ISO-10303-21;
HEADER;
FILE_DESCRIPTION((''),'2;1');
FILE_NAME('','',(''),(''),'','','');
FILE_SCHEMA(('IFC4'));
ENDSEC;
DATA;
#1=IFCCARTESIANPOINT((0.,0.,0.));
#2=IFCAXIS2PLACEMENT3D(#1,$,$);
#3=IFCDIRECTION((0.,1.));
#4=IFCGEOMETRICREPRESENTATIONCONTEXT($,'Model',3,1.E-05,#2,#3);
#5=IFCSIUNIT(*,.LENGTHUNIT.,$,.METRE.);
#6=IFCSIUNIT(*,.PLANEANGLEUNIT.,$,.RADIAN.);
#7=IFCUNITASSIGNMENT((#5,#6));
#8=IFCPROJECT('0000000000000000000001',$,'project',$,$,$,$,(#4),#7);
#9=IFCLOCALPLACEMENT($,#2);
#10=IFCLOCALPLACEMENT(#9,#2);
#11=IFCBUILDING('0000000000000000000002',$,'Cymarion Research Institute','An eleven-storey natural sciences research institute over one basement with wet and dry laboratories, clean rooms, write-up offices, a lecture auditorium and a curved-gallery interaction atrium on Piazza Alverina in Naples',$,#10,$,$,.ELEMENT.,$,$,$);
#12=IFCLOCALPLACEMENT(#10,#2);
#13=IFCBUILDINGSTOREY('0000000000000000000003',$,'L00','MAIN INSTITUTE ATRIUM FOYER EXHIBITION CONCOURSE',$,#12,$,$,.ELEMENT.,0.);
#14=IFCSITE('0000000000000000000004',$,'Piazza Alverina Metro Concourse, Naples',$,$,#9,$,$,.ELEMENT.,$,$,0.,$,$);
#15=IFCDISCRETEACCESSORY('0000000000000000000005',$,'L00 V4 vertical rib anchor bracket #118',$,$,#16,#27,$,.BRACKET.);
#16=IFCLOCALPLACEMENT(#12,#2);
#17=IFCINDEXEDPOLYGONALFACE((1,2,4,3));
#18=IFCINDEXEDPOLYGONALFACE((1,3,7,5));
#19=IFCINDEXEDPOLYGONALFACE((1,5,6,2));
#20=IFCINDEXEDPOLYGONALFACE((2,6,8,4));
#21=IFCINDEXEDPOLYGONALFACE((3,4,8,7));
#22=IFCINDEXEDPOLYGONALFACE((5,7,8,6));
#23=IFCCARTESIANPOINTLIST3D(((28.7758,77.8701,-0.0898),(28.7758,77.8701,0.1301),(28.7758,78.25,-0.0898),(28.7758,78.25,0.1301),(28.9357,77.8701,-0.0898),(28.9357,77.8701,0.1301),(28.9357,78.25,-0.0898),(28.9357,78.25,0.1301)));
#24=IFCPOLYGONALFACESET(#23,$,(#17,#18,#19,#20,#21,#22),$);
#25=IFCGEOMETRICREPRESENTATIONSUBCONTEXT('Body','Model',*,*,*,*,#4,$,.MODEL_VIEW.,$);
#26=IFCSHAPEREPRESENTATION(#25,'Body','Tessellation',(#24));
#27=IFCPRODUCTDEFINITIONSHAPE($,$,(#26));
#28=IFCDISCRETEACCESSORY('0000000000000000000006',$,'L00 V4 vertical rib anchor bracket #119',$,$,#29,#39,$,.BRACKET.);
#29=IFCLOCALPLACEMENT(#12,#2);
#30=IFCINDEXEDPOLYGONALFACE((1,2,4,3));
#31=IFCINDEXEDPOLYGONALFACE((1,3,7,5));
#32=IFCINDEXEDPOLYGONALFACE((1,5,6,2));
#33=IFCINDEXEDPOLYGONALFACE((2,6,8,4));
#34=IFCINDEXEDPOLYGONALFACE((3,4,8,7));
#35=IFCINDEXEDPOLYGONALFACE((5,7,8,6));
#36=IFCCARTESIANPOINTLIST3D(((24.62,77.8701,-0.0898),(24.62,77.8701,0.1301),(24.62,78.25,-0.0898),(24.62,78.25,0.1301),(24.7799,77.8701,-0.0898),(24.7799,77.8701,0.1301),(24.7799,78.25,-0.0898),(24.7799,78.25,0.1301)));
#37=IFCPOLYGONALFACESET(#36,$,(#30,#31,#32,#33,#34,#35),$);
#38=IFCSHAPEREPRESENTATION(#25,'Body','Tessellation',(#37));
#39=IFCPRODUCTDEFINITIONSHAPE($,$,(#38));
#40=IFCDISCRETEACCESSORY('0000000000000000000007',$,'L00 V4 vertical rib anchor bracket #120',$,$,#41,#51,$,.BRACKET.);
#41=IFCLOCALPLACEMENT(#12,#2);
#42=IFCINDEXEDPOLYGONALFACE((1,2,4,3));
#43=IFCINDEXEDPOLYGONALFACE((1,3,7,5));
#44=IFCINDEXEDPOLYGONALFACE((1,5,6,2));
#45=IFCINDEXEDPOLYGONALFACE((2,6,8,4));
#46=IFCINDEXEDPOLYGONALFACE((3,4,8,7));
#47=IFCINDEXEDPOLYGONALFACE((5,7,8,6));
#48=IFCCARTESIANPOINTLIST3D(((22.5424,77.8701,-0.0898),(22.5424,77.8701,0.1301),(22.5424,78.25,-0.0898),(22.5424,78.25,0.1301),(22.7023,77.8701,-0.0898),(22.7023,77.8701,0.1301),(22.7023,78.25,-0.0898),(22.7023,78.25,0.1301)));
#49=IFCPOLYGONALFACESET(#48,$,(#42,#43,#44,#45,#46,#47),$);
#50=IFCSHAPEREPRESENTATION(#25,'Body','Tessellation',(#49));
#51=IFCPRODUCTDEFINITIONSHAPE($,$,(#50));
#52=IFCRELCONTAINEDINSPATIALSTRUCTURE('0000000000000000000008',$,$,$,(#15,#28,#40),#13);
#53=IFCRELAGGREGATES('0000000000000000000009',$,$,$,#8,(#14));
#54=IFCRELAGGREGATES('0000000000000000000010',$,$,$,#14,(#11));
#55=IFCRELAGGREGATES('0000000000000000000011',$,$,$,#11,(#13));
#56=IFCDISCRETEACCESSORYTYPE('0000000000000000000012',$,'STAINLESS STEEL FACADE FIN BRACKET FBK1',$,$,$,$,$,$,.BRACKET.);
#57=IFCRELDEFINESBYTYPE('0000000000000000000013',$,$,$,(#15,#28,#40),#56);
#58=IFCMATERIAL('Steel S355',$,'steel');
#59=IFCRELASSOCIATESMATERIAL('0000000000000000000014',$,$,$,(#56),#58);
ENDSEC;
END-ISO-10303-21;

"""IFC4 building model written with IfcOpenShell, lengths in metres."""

from ifc_helpers import new_model, si_unit, direction, frame, origin, origin_2d, place, context, subcontext, project, spatial, rectangle, extrude, material, type_object, element, save


model = new_model("IFC4")

# Units and contexts
model_context = context("Model", 3, precision=1e-05, world=origin(), true_north=direction((0.0, 1.0)))
body_context = subcontext(model_context, "Body", "Model", "MODEL_VIEW")
ifc_project = project(units=[si_unit("LENGTHUNIT", "METRE"), si_unit("PLANEANGLEUNIT", "RADIAN")], contexts=[model_context])

# Site, building, storey
site_placement = place(None, origin())
site = spatial("IfcSite", under=ifc_project, at=site_placement, Name="Piazza Alverina Metro Concourse, Naples", CompositionType="ELEMENT", RefElevation=0.0)
building_placement = place(site_placement, origin())
building = spatial("IfcBuilding", under=site, at=building_placement, Name="Cymarion Research Institute", Description="An eleven-storey natural sciences research institute over one basement with wet and dry laboratories, clean rooms, write-up offices, a lecture auditorium and a curved-gallery interaction atrium on Piazza Alverina in Naples", CompositionType="ELEMENT")
storey_placement = place(building_placement, origin())
storey = spatial("IfcBuildingStorey", under=building, at=storey_placement, Name="L00", Description="MAIN INSTITUTE ATRIUM FOYER EXHIBITION CONCOURSE", CompositionType="ELEMENT", Elevation=0.0)

# Shared definitions
ifc_material_1 = material(Name="Steel S355", Category="steel")

# Discrete accessories
discrete_accessory_type = type_object("IfcDiscreteAccessoryType", Name="STAINLESS STEEL FACADE FIN BRACKET FBK1", PredefinedType="BRACKET", material=ifc_material_1)
for number, where, z_axis, x_axis, name in (
    (1, (28.8557, 78.0601, -0.0898), (0.0, 0.0, 1.0), (0.0, 1.0, 0.0), "L00 V4 vertical rib anchor bracket #118"),
    (2, (24.7, 78.0601, -0.0898), (0.0, 0.0, 1.0), (0.0, 1.0, 0.0), "L00 V4 vertical rib anchor bracket #119"),
    (3, (22.6223, 78.0601, -0.0898), (0.0, 0.0, 1.0), (0.0, 1.0, 0.0), "L00 V4 vertical rib anchor bracket #120"),
):
    element("IfcDiscreteAccessory", number, at=place(storey_placement, frame(where, z_axis=z_axis, x_axis=x_axis)), inside=storey, type_object=discrete_accessory_type, Name=name, PredefinedType="BRACKET", context=body_context, shape_type="SweptSolid", body=[
        extrude(rectangle(XDim=0.3799, YDim=0.1599, at=origin_2d()), origin(), (0.0, 0.0, 1.0), 0.22),
    ])

save(model, "model.ifc")
